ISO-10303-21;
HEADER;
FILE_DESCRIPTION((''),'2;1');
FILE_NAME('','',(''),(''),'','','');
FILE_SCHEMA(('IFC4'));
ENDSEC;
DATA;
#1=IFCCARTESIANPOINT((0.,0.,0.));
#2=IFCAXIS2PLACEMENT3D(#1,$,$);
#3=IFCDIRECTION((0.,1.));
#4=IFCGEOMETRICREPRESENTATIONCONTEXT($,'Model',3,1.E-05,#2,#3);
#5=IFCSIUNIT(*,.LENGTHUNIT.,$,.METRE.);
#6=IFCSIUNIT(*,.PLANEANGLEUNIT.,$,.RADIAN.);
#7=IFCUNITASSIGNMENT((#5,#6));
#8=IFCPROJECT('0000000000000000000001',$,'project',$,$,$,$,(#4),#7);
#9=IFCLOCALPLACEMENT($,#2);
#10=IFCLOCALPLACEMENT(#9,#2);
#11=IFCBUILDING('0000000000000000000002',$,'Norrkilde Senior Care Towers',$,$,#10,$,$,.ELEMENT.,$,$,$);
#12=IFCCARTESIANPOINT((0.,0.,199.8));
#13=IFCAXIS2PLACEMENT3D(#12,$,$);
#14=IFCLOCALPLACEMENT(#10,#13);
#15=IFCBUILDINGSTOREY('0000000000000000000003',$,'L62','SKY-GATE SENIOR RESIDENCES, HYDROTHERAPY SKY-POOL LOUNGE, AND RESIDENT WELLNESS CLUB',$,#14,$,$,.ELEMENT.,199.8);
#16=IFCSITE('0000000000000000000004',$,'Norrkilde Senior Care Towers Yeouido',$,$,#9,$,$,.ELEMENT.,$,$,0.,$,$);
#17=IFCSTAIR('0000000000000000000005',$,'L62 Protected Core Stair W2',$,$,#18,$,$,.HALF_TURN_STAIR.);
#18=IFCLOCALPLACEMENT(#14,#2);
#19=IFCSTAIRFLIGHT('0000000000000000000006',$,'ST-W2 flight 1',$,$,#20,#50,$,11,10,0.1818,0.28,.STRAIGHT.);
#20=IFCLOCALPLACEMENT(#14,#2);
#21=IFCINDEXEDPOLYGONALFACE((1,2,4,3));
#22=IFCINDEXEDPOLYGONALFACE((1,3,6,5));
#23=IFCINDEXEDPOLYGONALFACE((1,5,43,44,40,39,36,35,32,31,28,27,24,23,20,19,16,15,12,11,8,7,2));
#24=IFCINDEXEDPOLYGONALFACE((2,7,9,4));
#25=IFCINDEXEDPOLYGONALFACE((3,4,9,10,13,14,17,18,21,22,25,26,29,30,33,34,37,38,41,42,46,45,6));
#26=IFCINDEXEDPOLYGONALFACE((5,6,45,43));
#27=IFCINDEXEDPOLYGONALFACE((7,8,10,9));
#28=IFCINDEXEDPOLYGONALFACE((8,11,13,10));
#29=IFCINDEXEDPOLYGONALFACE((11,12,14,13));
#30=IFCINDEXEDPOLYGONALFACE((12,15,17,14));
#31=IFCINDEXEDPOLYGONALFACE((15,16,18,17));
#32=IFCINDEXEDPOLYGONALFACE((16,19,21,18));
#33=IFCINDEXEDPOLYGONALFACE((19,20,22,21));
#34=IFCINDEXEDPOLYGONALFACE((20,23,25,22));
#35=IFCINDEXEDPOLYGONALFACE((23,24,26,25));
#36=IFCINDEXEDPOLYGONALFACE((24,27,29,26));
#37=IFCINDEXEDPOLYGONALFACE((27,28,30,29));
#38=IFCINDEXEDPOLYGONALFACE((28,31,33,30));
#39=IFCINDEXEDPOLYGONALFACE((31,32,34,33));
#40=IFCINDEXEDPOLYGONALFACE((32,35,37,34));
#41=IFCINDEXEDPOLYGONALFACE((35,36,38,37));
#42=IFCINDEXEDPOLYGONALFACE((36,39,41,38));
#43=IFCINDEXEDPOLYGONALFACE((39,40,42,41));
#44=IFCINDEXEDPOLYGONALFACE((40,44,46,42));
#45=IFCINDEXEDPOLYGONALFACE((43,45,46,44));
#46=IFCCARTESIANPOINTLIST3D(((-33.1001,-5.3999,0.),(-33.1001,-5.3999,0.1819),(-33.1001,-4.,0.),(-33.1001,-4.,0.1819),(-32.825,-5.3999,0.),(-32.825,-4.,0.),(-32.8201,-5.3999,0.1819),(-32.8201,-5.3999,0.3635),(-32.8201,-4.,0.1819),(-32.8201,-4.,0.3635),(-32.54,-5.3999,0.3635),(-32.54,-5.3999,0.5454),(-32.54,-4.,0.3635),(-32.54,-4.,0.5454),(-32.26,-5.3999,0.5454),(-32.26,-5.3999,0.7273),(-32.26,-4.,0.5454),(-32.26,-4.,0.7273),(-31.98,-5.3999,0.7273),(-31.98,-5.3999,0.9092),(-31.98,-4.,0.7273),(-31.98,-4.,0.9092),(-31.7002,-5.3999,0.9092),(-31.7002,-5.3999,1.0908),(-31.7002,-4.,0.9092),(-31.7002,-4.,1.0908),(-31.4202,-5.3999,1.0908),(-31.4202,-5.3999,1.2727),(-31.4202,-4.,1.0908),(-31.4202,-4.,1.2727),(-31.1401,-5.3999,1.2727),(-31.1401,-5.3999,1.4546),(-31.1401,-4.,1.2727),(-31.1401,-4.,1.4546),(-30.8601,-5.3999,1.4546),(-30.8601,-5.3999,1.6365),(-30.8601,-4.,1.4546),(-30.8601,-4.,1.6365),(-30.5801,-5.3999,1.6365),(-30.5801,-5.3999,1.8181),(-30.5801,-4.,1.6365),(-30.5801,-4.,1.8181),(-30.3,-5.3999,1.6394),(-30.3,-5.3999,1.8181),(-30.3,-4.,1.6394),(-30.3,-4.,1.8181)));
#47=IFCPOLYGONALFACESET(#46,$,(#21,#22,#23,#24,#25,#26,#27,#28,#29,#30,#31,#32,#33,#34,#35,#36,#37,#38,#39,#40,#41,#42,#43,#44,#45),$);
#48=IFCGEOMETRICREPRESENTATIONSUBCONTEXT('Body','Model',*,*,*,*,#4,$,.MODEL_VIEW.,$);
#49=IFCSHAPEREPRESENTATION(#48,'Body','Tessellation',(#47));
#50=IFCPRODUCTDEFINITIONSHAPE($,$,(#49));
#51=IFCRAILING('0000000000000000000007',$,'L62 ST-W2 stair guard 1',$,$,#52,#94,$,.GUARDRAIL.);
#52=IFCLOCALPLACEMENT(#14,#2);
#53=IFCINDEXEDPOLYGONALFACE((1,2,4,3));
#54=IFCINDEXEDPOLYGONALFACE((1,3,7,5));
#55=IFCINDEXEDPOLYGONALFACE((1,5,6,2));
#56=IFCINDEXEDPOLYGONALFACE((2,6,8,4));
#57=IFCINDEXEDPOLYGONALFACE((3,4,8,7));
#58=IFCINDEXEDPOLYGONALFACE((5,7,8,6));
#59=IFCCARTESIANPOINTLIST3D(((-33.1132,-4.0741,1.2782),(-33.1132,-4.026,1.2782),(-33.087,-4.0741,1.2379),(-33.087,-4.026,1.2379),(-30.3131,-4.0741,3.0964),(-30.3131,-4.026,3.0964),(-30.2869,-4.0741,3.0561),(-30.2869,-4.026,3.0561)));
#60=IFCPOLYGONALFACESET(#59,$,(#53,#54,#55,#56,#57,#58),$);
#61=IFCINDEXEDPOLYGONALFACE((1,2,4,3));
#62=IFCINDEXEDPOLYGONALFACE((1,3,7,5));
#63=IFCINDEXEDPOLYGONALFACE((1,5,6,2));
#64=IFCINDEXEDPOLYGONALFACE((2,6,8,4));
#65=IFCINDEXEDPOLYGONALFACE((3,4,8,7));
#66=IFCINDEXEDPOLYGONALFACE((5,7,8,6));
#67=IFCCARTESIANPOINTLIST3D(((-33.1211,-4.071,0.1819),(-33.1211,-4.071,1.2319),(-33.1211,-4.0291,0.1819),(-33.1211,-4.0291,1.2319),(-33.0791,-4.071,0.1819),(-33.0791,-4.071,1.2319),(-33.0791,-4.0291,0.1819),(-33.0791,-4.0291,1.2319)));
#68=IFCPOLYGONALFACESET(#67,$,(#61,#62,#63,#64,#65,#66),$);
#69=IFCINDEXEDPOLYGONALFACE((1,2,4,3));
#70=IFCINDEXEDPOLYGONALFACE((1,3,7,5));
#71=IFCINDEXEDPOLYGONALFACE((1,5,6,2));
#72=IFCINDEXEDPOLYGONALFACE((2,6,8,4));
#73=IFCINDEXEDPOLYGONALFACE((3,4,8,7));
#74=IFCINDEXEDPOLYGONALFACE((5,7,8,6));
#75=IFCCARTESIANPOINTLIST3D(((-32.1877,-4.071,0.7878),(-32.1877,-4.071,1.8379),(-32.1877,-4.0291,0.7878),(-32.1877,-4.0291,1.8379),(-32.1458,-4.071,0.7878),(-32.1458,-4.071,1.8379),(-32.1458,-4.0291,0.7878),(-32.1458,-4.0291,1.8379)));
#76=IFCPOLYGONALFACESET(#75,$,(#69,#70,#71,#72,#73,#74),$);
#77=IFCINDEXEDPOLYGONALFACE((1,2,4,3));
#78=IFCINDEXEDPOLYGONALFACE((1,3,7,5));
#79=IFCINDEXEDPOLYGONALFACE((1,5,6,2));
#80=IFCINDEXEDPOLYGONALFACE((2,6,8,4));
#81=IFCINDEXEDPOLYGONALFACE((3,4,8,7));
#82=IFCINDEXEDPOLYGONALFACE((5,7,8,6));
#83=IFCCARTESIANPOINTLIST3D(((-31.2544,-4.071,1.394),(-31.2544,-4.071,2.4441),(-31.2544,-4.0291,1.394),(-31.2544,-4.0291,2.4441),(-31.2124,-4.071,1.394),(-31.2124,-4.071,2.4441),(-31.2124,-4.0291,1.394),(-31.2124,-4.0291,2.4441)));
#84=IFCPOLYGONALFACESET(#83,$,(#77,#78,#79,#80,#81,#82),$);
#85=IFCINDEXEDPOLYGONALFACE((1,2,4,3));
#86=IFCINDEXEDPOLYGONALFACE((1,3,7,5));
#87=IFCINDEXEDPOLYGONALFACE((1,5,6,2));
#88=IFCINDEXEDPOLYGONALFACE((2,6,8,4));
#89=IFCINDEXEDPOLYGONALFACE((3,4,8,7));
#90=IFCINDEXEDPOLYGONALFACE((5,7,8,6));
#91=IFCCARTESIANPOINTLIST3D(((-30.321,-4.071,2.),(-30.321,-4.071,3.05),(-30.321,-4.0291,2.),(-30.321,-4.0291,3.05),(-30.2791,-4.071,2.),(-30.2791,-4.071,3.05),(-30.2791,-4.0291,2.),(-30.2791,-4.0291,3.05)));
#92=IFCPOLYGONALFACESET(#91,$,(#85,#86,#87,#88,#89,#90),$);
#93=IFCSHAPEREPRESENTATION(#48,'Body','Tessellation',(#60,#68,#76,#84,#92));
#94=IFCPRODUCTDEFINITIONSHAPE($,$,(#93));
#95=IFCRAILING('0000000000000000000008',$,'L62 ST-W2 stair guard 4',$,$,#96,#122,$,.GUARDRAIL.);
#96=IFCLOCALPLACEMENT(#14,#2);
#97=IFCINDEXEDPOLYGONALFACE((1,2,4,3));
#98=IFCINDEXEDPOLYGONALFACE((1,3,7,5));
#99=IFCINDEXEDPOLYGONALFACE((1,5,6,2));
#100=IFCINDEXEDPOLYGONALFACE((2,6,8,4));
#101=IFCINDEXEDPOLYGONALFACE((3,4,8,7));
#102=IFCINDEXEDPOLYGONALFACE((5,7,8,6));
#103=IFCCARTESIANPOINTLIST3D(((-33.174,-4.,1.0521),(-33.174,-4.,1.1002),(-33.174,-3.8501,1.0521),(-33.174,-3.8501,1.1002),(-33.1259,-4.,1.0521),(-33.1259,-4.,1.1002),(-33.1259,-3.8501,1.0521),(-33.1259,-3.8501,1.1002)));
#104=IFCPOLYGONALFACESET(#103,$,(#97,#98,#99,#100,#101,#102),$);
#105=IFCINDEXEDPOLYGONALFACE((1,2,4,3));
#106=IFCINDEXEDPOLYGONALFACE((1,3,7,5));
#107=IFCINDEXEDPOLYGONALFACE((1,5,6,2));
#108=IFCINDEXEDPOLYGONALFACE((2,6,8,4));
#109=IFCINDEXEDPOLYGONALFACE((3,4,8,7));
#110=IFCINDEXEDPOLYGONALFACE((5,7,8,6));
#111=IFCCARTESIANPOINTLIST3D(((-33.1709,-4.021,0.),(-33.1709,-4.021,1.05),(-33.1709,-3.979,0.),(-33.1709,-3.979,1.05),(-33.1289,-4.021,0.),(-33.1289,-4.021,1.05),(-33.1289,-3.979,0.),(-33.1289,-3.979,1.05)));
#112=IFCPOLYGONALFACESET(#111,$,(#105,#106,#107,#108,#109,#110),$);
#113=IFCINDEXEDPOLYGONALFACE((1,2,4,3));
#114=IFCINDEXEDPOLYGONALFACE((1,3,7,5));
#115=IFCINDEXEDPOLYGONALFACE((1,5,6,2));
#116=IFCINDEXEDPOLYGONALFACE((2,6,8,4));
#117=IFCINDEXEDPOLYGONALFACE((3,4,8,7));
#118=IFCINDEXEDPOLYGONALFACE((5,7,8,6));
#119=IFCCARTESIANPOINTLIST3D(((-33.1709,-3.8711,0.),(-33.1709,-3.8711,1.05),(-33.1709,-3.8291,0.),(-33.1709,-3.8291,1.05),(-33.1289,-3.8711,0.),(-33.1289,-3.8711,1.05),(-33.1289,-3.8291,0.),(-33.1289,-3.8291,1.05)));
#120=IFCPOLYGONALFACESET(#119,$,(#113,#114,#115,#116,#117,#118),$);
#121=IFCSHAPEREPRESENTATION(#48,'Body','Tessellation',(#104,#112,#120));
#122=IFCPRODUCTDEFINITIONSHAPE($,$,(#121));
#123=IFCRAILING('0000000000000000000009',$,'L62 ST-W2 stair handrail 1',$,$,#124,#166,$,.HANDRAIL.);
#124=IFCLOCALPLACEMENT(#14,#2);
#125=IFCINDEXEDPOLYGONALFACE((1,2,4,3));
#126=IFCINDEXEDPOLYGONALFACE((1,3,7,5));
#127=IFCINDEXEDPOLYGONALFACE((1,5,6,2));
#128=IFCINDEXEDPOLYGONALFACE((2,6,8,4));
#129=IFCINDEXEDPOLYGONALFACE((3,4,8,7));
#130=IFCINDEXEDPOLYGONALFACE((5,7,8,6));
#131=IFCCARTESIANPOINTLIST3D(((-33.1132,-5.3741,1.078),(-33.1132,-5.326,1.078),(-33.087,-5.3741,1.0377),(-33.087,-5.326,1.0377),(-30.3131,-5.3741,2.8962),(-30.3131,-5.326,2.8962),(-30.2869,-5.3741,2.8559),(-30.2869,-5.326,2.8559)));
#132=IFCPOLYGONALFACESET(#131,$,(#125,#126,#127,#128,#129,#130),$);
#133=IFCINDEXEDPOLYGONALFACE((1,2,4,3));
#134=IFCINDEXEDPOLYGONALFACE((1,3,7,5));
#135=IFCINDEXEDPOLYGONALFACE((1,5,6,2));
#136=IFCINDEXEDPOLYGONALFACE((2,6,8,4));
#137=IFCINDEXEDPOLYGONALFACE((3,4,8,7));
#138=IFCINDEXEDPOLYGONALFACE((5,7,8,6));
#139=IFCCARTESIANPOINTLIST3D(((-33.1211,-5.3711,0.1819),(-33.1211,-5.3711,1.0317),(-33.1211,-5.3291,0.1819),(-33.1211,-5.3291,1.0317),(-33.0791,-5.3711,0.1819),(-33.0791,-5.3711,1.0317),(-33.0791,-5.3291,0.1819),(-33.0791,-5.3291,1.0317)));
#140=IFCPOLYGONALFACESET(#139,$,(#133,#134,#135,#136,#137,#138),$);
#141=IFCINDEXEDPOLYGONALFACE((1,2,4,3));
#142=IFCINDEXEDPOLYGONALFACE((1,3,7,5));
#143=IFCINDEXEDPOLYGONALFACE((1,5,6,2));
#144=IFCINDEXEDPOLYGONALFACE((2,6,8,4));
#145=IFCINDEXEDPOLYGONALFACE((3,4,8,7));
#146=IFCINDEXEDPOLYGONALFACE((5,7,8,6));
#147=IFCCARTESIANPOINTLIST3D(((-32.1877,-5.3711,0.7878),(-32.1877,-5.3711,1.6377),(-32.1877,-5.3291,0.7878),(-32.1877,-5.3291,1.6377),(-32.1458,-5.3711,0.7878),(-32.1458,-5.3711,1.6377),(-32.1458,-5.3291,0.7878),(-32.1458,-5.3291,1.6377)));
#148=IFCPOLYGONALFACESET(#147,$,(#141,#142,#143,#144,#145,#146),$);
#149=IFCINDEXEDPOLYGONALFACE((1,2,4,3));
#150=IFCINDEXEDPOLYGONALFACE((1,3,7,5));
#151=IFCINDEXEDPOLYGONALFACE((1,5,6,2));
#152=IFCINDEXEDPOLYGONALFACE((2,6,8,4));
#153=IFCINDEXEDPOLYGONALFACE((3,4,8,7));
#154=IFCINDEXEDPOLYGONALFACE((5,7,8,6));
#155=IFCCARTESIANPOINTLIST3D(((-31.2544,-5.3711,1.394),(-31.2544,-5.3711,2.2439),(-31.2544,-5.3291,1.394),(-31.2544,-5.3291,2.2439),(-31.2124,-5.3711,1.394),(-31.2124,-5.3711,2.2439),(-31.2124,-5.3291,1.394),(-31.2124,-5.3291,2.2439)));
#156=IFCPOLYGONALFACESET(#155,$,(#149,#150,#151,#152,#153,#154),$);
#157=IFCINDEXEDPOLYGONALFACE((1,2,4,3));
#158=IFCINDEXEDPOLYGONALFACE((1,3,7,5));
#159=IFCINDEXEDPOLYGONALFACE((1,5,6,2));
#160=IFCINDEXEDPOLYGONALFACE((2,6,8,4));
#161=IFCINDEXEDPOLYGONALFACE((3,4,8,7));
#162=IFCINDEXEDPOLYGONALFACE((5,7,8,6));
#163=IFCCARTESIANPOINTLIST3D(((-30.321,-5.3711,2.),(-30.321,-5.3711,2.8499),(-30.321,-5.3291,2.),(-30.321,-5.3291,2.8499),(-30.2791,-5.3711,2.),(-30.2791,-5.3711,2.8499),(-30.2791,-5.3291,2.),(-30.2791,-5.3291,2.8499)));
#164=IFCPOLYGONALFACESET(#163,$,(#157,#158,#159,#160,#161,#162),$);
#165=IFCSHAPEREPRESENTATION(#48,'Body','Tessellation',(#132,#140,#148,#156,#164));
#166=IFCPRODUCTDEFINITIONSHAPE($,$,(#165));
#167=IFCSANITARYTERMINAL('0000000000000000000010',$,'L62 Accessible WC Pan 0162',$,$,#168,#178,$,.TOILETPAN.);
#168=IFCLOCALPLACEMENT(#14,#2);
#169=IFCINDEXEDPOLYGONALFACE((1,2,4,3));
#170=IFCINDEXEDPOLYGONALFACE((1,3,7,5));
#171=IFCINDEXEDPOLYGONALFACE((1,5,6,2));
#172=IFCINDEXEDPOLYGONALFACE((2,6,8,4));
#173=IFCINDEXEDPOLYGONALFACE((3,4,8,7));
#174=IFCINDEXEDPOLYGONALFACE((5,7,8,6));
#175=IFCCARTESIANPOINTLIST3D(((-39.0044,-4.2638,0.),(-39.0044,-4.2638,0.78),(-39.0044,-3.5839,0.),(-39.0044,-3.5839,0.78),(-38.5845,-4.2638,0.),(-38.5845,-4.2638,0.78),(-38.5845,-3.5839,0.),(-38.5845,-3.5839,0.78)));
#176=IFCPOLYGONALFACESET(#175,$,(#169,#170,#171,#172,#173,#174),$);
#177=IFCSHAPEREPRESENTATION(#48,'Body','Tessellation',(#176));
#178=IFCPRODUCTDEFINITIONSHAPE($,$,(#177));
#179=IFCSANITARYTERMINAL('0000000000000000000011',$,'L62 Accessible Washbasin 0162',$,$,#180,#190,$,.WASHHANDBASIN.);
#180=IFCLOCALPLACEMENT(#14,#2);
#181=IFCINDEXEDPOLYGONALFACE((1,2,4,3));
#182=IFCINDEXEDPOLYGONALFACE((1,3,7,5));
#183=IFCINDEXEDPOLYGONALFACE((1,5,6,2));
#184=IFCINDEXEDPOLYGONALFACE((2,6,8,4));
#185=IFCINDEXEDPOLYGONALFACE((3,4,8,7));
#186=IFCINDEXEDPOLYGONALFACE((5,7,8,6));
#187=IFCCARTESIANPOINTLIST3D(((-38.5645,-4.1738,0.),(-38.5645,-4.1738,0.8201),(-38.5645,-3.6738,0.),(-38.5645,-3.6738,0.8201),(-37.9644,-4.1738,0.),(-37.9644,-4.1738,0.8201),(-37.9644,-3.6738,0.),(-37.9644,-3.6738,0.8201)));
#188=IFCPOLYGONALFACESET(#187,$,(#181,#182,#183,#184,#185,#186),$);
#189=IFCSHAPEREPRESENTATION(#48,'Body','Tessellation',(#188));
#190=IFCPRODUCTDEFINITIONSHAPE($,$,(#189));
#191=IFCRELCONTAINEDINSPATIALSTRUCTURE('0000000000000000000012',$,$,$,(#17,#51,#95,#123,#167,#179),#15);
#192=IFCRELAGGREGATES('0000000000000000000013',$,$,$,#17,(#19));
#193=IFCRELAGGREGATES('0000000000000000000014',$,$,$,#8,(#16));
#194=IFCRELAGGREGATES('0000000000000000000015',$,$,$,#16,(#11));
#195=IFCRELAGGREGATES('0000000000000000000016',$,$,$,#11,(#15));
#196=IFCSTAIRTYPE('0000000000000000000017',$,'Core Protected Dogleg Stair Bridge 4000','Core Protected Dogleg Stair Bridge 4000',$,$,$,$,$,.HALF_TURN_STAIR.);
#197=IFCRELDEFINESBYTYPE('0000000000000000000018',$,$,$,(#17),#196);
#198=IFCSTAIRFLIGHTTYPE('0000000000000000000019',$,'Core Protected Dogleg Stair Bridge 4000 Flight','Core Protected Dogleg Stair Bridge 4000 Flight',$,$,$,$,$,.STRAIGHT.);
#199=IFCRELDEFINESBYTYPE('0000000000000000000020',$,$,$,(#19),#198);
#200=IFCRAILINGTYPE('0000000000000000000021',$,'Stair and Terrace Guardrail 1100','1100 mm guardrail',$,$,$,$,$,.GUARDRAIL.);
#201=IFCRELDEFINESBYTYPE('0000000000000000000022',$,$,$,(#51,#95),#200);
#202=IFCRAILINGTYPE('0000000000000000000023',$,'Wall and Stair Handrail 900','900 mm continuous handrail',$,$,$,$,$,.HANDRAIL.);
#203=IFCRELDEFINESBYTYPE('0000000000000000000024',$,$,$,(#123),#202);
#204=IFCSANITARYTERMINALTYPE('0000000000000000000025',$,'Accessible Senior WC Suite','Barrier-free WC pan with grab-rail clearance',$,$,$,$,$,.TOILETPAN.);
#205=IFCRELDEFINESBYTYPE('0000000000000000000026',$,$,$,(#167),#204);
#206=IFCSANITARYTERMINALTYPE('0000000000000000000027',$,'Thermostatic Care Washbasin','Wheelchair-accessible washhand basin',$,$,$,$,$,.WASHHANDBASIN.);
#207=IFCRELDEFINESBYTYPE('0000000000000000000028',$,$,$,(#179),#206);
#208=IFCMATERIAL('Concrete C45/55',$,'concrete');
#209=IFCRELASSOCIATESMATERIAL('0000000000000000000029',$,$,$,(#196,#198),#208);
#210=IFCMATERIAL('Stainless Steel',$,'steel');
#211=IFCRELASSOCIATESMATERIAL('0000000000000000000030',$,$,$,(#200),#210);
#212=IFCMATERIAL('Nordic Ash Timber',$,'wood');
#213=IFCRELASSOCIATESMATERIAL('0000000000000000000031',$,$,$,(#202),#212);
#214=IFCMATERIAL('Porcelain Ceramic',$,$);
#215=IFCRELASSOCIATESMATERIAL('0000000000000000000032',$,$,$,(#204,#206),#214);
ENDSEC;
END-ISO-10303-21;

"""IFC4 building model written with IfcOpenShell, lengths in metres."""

from ifc_helpers import new_model, si_unit, direction, frame, origin, origin_2d, place, context, subcontext, project, spatial, polyline, rectangle, outline, extrude, source, transform, mapped, material, type_object, type_shapes, element, aggregate, save


model = new_model("IFC4")

# Units and contexts
model_context = context("Model", 3, precision=1e-05, world=origin(), true_north=direction((0.0, 1.0)))
body_context = subcontext(model_context, "Body", "Model", "MODEL_VIEW")
ifc_project = project(units=[si_unit("LENGTHUNIT", "METRE"), si_unit("PLANEANGLEUNIT", "RADIAN")], contexts=[model_context])

# Site, building, storey
site_placement = place(None, origin())
site = spatial("IfcSite", under=ifc_project, at=site_placement, Name="Norrkilde Senior Care Towers Yeouido", CompositionType="ELEMENT", RefElevation=0.0)
building_placement = place(site_placement, origin())
building = spatial("IfcBuilding", under=site, at=building_placement, Name="Norrkilde Senior Care Towers", CompositionType="ELEMENT")
storey_placement = place(building_placement, frame((0.0, 0.0, 199.8)))
storey = spatial("IfcBuildingStorey", under=building, at=storey_placement, Name="L62", Description="SKY-GATE SENIOR RESIDENCES, HYDROTHERAPY SKY-POOL LOUNGE, AND RESIDENT WELLNESS CLUB", CompositionType="ELEMENT", Elevation=199.8)

# Shared definitions
ifc_material_1 = material(Name="Concrete C45/55", Category="concrete")

# Shared definitions
ifc_material_2 = material(Name="Nordic Ash Timber", Category="wood")

# Stair, stair flight
stair_type = type_object("IfcStairType", Name="Core Protected Dogleg Stair Bridge 4000", Description="Core Protected Dogleg Stair Bridge 4000", PredefinedType="HALF_TURN_STAIR", material=ifc_material_1)
stair_placement = place(storey_placement, origin())
stair = element("IfcStair", 1, at=stair_placement, inside=storey, type_object=stair_type, Name="L62 Protected Core Stair W2", PredefinedType="HALF_TURN_STAIR")
stair_flight_type = type_object("IfcStairFlightType", Name="Core Protected Dogleg Stair Bridge 4000 Flight", Description="Core Protected Dogleg Stair Bridge 4000 Flight", PredefinedType="STRAIGHT", material=ifc_material_1)
stair_flight_placement = place(storey_placement, frame((-33.1001, -4.7, 0.0), z_axis=(0.0, 0.0, 1.0), x_axis=(1.0, 0.0, 0.0)))
stair_flight = element("IfcStairFlight", 2, at=stair_flight_placement, type_object=stair_flight_type, Name="ST-W2 flight 1", NumberOfRisers=11, NumberOfTreads=10, PredefinedType="STRAIGHT", RiserHeight=0.1818, TreadLength=0.28, context=body_context, shape_type="SweptSolid", body=[
    extrude(outline(polyline([(0.0, 0.0), (0.0, 0.1819), (0.28, 0.1819), (0.28, 0.3635), (0.5601, 0.3635), (0.5601, 0.5454), (0.8401, 0.5454), (0.8401, 0.7273), (1.1201, 0.7273), (1.1201, 0.9092), (1.3999, 0.9092), (1.3999, 1.0908), (1.6799, 1.0908), (1.6799, 1.2727), (1.96, 1.2727), (1.96, 1.4546), (2.24, 1.4546), (2.24, 1.6365), (2.52, 1.6365), (2.52, 1.8181), (2.8, 1.8181), (2.8, 2.0), (2.8, 1.6394), (0.2751, 0.0), (0.0, 0.0)])), frame((0.0, 0.7, 0.0), z_axis=(0.0, -1.0, 0.0), x_axis=(1.0, 0.0, 0.0)), (0.0, 0.0, 1.0), 1.3999),
])
aggregate(stair, [stair_flight])

# Railings
ifc_material_3 = material(Name="Stainless Steel", Category="steel")
railing_type_1 = type_object("IfcRailingType", Name="Stair and Terrace Guardrail 1100", Description="1100 mm guardrail", PredefinedType="GUARDRAIL", material=ifc_material_3)
railing_1_placement = place(storey_placement, frame((-33.1001, -4.05, 0.1819)))
element("IfcRailing", 3, at=railing_1_placement, inside=storey, type_object=railing_type_1, Name="L62 ST-W2 stair guard 1", PredefinedType="GUARDRAIL", context=body_context, shape_type="SweptSolid", body=[
    extrude(rectangle(XDim=0.0481, YDim=0.0481, at=origin_2d()), frame((0.0, 0.0, 1.0762), z_axis=(0.838706, 0.0, 0.544585), x_axis=(0.0, 1.0, 0.0)), (0.0, 0.0, 1.0), 3.3386),
    extrude(rectangle(XDim=0.042, YDim=0.042, at=origin_2d()), origin(), (0.0, 0.0, 1.0), 1.05),
    extrude(rectangle(XDim=0.042, YDim=0.042, at=origin_2d()), frame((0.9333, 0.0, 0.606)), (0.0, 0.0, 1.0), 1.05),
    extrude(rectangle(XDim=0.042, YDim=0.042, at=origin_2d()), frame((1.8667, 0.0, 1.2122)), (0.0, 0.0, 1.0), 1.05),
    extrude(rectangle(XDim=0.042, YDim=0.042, at=origin_2d()), frame((2.8, 0.0, 1.8181)), (0.0, 0.0, 1.0), 1.05),
])
railing_2_placement = place(storey_placement, frame((-33.1499, -4.0, 0.0)))
element("IfcRailing", 4, at=railing_2_placement, inside=storey, type_object=railing_type_1, Name="L62 ST-W2 stair guard 4", PredefinedType="GUARDRAIL", context=body_context, shape_type="SweptSolid", body=[
    extrude(rectangle(XDim=0.0481, YDim=0.0481, at=origin_2d()), frame((0.0, 0.0, 1.0762), z_axis=(0.0, 1.0, 0.0), x_axis=(-1.0, 0.0, 0.0)), (0.0, 0.0, 1.0), 0.1499),
    extrude(rectangle(XDim=0.042, YDim=0.042, at=origin_2d()), origin(), (0.0, 0.0, 1.0), 1.05),
    extrude(rectangle(XDim=0.042, YDim=0.042, at=origin_2d()), frame((0.0, 0.1499, 0.0)), (0.0, 0.0, 1.0), 1.05),
])
railing_type_2 = type_object("IfcRailingType", Name="Wall and Stair Handrail 900", Description="900 mm continuous handrail", PredefinedType="HANDRAIL", material=ifc_material_2)
railing_3_placement = place(storey_placement, frame((-33.1001, -5.3501, 0.1819)))
element("IfcRailing", 5, at=railing_3_placement, inside=storey, type_object=railing_type_2, Name="L62 ST-W2 stair handrail 1", PredefinedType="HANDRAIL", context=body_context, shape_type="SweptSolid", body=[
    extrude(rectangle(XDim=0.0481, YDim=0.0481, at=origin_2d()), frame((0.0, 0.0, 0.876), z_axis=(0.838706, 0.0, 0.544585), x_axis=(0.0, 1.0, 0.0)), (0.0, 0.0, 1.0), 3.3386),
    extrude(rectangle(XDim=0.042, YDim=0.042, at=origin_2d()), origin(), (0.0, 0.0, 1.0), 0.8499),
    extrude(rectangle(XDim=0.042, YDim=0.042, at=origin_2d()), frame((0.9333, 0.0, 0.606)), (0.0, 0.0, 1.0), 0.8499),
    extrude(rectangle(XDim=0.042, YDim=0.042, at=origin_2d()), frame((1.8667, 0.0, 1.2122)), (0.0, 0.0, 1.0), 0.8499),
    extrude(rectangle(XDim=0.042, YDim=0.042, at=origin_2d()), frame((2.8, 0.0, 1.8181)), (0.0, 0.0, 1.0), 0.8499),
])

# Sanitary terminals
ifc_material_4 = material(Name="Porcelain Ceramic")
sanitary_terminal_type_1 = type_object("IfcSanitaryTerminalType", Name="Accessible Senior WC Suite", Description="Barrier-free WC pan with grab-rail clearance", PredefinedType="TOILETPAN", material=ifc_material_4)
shared_shape_1 = source(origin(), body_context, "Body", "SweptSolid", [
    extrude(rectangle(XDim=0.4199, YDim=0.6799, at=origin_2d()), origin(), (0.0, 0.0, 1.0), 0.78),
])
type_shapes(sanitary_terminal_type_1, [shared_shape_1])
sanitary_terminal_1_placement = place(storey_placement, frame((-38.7944, -3.9238, 0.0), z_axis=(0.0, 0.0, 1.0), x_axis=(1.0, 0.0, 0.0)))
element("IfcSanitaryTerminal", 6, at=sanitary_terminal_1_placement, inside=storey, type_object=sanitary_terminal_type_1, Name="L62 Accessible WC Pan 0162", PredefinedType="TOILETPAN", context=body_context, shape_type="MappedRepresentation", body=[
    mapped(shared_shape_1, transform((0.0, 0.0, 0.0), x_axis=(1.0, 0.0, 0.0), y_axis=(0.0, 1.0, 0.0), z_axis=(0.0, 0.0, 1.0), scale=1.0)),
])
sanitary_terminal_type_2 = type_object("IfcSanitaryTerminalType", Name="Thermostatic Care Washbasin", Description="Wheelchair-accessible washhand basin", PredefinedType="WASHHANDBASIN", material=ifc_material_4)
shared_shape_2 = source(origin(), body_context, "Body", "SweptSolid", [
    extrude(rectangle(XDim=0.6001, YDim=0.5, at=origin_2d()), origin(), (0.0, 0.0, 1.0), 0.8201),
])
type_shapes(sanitary_terminal_type_2, [shared_shape_2])
sanitary_terminal_2_placement = place(storey_placement, frame((-38.2644, -3.9238, 0.0), z_axis=(0.0, 0.0, 1.0), x_axis=(1.0, 0.0, 0.0)))
element("IfcSanitaryTerminal", 7, at=sanitary_terminal_2_placement, inside=storey, type_object=sanitary_terminal_type_2, Name="L62 Accessible Washbasin 0162", PredefinedType="WASHHANDBASIN", context=body_context, shape_type="MappedRepresentation", body=[
    mapped(shared_shape_2, transform((0.0, 0.0, 0.0), x_axis=(1.0, 0.0, 0.0), y_axis=(0.0, 1.0, 0.0), z_axis=(0.0, 0.0, 1.0), scale=1.0)),
])

save(model, "model.ifc")
